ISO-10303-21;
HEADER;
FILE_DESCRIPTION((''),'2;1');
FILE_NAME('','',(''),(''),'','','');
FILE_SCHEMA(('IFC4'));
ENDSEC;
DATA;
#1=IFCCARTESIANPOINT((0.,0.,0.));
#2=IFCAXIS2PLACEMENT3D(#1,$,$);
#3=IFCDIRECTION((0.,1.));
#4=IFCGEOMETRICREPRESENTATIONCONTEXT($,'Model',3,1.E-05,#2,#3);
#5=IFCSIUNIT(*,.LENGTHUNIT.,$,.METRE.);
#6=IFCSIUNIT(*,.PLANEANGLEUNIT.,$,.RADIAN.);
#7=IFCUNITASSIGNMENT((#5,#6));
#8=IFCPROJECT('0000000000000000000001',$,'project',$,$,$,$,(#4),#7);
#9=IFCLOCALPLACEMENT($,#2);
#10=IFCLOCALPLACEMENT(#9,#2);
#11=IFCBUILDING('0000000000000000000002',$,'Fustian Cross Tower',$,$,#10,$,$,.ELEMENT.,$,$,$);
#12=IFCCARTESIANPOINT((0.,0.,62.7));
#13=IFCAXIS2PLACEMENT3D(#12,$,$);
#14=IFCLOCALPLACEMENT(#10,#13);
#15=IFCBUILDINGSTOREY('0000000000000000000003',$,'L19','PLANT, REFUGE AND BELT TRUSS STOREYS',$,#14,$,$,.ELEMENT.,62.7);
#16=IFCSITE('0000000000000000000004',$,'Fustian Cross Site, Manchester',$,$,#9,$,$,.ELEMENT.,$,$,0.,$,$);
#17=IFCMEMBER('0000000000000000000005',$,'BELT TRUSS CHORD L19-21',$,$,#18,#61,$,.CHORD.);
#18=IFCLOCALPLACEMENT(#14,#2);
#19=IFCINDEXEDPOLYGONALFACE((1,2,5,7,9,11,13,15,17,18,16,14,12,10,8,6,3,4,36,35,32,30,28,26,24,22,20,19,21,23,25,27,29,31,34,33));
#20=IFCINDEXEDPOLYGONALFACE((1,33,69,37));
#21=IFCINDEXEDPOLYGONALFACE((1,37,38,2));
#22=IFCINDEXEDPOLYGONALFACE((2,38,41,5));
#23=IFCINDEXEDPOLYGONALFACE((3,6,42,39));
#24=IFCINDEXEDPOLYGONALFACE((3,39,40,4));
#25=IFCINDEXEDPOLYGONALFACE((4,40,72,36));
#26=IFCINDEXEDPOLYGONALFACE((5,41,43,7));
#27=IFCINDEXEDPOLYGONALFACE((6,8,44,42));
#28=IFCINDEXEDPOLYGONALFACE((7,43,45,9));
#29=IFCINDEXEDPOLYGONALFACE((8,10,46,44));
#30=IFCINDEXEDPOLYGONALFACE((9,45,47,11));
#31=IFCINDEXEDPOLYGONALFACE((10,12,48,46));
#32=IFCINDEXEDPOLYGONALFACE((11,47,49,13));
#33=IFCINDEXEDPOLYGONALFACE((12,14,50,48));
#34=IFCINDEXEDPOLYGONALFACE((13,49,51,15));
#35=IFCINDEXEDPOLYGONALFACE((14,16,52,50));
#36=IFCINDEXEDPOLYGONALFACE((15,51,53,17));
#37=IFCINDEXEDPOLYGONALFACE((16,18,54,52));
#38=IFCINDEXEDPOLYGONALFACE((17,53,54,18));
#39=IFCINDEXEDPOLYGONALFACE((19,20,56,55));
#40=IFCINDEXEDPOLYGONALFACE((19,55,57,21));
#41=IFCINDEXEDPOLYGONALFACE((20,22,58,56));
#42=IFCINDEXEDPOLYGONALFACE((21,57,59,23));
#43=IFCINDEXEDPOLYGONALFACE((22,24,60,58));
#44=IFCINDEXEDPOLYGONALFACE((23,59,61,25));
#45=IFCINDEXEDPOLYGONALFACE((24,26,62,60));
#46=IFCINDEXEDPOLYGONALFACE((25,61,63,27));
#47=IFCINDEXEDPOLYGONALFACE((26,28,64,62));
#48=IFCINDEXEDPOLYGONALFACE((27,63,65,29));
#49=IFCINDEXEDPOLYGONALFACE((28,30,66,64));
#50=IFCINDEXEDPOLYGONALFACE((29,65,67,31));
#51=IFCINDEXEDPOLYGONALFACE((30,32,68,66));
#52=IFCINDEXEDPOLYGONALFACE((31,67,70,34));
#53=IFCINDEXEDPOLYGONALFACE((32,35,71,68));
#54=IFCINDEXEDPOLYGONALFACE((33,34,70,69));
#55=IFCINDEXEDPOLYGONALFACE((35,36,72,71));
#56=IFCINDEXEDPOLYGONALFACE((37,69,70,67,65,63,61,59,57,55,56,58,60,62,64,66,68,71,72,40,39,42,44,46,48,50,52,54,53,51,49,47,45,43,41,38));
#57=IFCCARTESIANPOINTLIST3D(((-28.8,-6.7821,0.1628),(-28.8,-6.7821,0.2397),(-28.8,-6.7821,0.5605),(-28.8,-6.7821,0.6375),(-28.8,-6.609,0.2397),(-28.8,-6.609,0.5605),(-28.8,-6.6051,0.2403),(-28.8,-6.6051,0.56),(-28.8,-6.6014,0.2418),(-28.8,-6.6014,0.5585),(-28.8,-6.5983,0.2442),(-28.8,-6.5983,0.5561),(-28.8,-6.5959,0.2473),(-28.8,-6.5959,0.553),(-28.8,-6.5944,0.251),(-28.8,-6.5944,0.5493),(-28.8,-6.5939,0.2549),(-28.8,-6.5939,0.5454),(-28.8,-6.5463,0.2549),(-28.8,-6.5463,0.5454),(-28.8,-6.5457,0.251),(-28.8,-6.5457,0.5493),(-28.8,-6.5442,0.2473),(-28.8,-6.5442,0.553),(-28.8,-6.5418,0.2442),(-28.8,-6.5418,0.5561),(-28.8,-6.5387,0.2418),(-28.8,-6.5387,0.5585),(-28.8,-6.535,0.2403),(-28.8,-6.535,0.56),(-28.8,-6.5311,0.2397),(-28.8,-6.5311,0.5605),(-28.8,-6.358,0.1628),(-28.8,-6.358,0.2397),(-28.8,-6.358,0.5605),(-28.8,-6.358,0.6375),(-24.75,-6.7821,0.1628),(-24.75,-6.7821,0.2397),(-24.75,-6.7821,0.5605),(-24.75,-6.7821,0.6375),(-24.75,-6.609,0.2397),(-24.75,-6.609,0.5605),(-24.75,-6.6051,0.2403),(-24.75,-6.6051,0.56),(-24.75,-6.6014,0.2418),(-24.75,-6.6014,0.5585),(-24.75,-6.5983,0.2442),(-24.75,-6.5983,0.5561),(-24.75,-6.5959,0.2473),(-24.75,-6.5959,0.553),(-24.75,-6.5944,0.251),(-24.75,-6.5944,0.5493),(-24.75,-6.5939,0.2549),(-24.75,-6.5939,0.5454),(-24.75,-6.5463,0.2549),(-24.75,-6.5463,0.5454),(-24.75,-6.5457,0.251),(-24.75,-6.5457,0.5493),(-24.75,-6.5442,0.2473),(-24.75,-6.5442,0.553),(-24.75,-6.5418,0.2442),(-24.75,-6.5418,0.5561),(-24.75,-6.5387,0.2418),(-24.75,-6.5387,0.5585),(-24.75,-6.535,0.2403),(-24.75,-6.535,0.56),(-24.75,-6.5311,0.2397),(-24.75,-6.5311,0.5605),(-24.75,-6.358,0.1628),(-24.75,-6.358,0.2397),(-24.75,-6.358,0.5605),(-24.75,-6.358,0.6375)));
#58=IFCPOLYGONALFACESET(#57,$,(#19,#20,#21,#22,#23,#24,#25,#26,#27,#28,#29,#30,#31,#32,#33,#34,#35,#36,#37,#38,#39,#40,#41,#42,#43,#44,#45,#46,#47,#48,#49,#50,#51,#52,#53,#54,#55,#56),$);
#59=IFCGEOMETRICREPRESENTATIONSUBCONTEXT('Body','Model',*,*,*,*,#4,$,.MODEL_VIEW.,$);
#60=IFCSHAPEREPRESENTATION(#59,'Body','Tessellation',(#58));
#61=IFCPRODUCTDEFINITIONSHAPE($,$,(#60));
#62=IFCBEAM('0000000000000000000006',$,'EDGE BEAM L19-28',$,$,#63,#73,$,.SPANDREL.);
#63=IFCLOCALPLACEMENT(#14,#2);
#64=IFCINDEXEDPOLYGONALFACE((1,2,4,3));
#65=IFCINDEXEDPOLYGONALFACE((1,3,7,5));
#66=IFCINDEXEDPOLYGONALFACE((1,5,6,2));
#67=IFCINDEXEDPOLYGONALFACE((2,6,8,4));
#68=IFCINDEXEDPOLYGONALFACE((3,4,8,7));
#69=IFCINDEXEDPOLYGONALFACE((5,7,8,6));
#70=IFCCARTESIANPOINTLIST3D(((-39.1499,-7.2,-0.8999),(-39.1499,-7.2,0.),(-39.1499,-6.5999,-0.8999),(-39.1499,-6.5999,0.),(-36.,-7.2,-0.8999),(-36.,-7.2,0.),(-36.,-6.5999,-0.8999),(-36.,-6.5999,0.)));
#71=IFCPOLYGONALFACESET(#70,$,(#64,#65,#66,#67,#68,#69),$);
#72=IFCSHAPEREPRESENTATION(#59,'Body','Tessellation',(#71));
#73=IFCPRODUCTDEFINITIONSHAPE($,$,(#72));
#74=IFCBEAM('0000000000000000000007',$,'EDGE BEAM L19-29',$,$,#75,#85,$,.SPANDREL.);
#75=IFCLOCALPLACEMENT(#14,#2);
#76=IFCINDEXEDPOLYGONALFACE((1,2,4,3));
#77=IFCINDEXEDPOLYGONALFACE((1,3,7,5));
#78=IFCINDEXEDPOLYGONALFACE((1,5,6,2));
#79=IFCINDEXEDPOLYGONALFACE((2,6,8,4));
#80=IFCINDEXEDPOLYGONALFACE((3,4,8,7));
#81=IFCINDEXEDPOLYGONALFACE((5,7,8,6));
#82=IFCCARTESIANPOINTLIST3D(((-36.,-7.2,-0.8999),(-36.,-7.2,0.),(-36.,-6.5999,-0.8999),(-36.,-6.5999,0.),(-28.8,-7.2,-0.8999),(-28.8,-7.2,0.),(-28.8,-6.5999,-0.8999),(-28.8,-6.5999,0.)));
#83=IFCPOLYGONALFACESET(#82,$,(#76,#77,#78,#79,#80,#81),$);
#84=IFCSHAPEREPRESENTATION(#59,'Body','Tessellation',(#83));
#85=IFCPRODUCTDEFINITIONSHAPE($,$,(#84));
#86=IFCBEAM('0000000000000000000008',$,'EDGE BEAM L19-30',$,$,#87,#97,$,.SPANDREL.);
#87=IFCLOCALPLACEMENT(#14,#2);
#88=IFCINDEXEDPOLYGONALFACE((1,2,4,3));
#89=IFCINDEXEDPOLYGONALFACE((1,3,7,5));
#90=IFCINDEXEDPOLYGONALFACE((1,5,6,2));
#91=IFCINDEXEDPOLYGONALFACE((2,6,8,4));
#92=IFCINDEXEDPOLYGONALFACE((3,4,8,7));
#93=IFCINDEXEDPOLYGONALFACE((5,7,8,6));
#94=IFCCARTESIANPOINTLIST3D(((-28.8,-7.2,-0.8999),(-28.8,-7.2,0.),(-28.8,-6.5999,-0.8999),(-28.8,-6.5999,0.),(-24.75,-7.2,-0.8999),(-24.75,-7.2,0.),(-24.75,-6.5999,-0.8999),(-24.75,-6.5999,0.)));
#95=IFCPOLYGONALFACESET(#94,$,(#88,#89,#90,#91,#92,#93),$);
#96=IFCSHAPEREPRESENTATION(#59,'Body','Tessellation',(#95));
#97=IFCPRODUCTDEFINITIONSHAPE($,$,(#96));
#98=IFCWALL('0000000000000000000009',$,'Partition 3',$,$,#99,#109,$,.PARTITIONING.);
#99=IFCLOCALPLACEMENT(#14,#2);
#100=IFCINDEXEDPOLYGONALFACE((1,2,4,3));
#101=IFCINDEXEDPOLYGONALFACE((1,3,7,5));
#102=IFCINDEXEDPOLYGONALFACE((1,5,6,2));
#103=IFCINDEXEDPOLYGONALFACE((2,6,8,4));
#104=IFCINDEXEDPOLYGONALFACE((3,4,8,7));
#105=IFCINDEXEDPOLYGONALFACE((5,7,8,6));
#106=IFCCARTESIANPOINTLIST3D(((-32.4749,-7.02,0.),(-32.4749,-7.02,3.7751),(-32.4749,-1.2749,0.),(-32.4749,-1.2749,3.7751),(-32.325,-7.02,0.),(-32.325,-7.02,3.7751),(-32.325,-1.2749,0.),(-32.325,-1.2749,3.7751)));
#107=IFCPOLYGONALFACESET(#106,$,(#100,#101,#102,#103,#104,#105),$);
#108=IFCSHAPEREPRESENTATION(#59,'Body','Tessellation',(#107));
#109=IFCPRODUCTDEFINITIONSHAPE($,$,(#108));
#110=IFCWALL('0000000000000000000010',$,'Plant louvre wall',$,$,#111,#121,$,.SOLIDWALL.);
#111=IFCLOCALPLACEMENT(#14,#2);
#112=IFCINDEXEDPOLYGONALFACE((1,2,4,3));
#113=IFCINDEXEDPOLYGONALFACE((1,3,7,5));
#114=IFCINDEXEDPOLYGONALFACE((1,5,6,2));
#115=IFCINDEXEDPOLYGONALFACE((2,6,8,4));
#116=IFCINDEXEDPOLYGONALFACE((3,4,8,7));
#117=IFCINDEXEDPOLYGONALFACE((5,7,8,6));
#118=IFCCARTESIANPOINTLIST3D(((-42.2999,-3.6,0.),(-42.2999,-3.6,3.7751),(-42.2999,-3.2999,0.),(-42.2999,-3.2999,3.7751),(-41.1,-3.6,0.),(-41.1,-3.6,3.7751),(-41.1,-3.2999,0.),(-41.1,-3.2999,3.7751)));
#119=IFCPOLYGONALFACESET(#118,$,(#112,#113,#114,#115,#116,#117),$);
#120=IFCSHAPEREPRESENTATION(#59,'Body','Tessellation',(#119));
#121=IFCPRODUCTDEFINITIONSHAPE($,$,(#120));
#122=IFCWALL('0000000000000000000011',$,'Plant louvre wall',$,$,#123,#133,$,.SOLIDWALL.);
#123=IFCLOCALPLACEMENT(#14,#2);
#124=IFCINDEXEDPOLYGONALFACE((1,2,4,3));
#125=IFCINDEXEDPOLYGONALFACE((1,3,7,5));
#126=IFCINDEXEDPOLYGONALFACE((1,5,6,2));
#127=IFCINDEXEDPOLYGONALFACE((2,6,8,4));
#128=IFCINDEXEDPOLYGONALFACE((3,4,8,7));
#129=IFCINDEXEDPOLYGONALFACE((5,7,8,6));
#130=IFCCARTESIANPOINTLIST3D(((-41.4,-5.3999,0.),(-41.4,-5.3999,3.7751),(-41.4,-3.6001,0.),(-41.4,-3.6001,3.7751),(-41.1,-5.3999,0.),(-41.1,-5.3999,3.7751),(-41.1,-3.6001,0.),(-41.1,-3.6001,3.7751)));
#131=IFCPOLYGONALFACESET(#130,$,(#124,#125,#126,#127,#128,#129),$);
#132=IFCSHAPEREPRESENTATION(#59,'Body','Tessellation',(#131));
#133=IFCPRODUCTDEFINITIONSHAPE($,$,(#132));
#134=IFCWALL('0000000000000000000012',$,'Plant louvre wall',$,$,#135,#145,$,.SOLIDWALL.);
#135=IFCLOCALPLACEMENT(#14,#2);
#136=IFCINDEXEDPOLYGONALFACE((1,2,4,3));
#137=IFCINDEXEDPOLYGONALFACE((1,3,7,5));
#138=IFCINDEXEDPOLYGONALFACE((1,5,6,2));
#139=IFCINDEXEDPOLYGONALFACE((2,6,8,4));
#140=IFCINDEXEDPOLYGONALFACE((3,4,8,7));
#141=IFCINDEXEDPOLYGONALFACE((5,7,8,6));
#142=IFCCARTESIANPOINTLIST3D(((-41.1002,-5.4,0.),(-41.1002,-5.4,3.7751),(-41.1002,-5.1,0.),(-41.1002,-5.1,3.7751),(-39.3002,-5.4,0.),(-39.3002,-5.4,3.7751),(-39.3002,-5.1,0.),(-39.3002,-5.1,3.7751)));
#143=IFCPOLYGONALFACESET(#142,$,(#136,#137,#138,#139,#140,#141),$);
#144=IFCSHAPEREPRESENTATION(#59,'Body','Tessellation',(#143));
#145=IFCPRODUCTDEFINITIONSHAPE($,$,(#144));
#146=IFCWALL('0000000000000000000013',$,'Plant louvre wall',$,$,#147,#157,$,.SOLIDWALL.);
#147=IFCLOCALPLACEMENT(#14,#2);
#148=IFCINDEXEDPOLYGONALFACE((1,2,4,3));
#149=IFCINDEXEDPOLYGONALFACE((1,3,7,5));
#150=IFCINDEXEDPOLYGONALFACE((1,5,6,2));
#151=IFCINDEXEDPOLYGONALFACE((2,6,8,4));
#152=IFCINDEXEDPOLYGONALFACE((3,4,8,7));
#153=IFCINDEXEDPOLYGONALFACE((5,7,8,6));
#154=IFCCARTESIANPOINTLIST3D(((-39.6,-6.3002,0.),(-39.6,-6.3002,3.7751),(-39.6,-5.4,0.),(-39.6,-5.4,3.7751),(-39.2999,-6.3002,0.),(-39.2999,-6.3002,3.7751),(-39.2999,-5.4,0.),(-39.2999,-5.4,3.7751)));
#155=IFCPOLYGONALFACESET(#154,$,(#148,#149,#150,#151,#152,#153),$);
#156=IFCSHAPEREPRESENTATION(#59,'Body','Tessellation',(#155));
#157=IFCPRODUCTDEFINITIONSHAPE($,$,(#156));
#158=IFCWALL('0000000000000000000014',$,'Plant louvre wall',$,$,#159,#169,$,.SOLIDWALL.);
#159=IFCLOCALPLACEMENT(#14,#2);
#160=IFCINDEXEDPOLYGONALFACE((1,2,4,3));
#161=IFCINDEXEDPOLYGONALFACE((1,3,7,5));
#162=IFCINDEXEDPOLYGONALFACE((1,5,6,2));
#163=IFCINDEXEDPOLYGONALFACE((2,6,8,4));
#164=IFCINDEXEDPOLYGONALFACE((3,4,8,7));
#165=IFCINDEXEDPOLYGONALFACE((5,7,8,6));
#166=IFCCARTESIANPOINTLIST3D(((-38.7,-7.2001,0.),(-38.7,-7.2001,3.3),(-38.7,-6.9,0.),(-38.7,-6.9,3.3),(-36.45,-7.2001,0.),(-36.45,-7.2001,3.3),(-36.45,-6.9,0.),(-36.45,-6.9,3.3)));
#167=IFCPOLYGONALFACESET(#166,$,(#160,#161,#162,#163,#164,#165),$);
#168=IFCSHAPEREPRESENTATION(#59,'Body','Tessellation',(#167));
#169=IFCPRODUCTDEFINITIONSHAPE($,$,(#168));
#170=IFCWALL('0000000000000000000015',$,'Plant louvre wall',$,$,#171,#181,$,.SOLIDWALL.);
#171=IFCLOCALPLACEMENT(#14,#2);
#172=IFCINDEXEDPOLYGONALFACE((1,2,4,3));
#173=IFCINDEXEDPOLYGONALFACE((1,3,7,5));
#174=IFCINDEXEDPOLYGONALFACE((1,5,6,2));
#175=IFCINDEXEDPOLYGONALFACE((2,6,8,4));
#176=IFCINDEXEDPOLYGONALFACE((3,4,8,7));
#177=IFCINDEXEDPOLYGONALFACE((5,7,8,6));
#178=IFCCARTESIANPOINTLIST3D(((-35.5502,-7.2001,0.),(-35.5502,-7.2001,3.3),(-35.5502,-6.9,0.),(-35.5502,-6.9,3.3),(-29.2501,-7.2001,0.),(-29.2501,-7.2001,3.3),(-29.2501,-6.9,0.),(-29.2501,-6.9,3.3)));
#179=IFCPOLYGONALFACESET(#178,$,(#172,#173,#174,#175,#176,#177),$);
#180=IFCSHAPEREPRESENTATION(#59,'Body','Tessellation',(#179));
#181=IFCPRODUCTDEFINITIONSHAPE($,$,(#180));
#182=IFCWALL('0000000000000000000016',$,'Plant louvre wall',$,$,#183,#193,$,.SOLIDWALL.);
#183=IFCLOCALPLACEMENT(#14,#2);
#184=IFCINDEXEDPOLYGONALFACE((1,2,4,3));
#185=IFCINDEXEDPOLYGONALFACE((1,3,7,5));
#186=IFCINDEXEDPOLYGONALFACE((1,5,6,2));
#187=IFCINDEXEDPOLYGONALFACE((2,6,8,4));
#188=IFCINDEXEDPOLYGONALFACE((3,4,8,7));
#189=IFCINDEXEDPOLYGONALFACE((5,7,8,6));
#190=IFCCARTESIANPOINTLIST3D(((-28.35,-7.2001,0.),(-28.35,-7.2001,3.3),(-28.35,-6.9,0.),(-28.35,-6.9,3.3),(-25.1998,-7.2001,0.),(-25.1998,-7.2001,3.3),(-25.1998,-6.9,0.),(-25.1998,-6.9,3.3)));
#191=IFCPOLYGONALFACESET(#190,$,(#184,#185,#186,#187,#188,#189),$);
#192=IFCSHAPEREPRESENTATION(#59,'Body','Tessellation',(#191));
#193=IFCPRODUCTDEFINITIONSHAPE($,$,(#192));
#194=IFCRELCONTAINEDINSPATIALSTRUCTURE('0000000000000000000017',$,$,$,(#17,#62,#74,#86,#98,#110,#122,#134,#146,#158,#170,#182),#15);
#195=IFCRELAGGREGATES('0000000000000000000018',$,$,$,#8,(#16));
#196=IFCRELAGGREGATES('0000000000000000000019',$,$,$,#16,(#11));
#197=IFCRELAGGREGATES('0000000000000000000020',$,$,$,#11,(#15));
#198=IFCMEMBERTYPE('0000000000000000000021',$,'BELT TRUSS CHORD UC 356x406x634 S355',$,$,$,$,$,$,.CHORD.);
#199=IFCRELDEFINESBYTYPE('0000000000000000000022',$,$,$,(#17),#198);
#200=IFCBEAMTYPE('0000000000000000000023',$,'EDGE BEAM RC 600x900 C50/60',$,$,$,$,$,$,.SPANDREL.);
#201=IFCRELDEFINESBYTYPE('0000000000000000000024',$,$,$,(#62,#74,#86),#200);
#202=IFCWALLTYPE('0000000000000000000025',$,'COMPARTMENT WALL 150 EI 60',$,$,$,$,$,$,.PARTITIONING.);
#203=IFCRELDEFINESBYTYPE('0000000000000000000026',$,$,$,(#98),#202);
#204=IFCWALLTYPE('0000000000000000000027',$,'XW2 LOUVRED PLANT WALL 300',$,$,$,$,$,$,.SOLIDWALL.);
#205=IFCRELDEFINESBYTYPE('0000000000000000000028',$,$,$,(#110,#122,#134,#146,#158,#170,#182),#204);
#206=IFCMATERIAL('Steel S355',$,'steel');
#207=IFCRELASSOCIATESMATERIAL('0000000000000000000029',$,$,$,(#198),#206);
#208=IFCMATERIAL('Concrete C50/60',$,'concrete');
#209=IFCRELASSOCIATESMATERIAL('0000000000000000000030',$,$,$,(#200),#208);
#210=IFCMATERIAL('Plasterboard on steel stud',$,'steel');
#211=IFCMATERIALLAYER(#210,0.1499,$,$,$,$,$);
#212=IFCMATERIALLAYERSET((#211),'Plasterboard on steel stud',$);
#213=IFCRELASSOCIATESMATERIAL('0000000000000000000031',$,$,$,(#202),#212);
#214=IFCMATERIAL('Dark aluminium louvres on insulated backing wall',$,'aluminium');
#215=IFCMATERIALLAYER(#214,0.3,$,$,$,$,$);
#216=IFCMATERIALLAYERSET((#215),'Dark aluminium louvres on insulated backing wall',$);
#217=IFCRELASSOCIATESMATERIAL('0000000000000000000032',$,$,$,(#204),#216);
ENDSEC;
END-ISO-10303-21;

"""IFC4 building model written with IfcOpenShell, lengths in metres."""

from ifc_helpers import new_model, si_unit, direction, frame, frame_2d, origin, origin_2d, place, context, subcontext, project, spatial, rectangle, i_section, extrude, material, layer, layer_set, material_profile, profile_set, type_object, element, save


model = new_model("IFC4")

# Units and contexts
model_context = context("Model", 3, precision=1e-05, world=origin(), true_north=direction((0.0, 1.0)))
body_context = subcontext(model_context, "Body", "Model", "MODEL_VIEW")
ifc_project = project(units=[si_unit("LENGTHUNIT", "METRE"), si_unit("PLANEANGLEUNIT", "RADIAN")], contexts=[model_context])

# Site, building, storey
site_placement = place(None, origin())
site = spatial("IfcSite", under=ifc_project, at=site_placement, Name="Fustian Cross Site, Manchester", CompositionType="ELEMENT", RefElevation=0.0)
building_placement = place(site_placement, origin())
building = spatial("IfcBuilding", under=site, at=building_placement, Name="Fustian Cross Tower", CompositionType="ELEMENT")
storey_placement = place(building_placement, frame((0.0, 0.0, 62.7)))
storey = spatial("IfcBuildingStorey", under=building, at=storey_placement, Name="L19", Description="PLANT, REFUGE AND BELT TRUSS STOREYS", CompositionType="ELEMENT", Elevation=62.7)

# Member
ifc_material_1 = material(Name="Steel S355", Category="steel")
ifc_material_profile_1 = material_profile(ifc_material_1, i_section(OverallWidth=0.4241, OverallDepth=0.4746, WebThickness=0.0476, FlangeThickness=0.0769, FilletRadius=0.0151, at=origin_2d()), Name="UC 356x406x634")
ifc_profile_set_1 = profile_set([ifc_material_profile_1], Name="Steel S355")
member_type_1 = type_object("IfcMemberType", Name="BELT TRUSS CHORD UC 356x406x634 S355", PredefinedType="CHORD", material=ifc_profile_set_1)
for number, where, z_axis, x_axis, name in (
    (1, (-28.8, -6.5701, 0.4001), (1.0, 0.0, 0.0), (0.0, 1.0, 0.0), "BELT TRUSS CHORD L19-21"),
):
    element("IfcMember", number, at=place(storey_placement, frame(where, z_axis=z_axis, x_axis=x_axis)), inside=storey, type_object=member_type_1, Name=name, PredefinedType="CHORD", context=body_context, shape_type="SweptSolid", body=[
        extrude(i_section(OverallWidth=0.4241, OverallDepth=0.4746, WebThickness=0.0476, FlangeThickness=0.0769, FilletRadius=0.0151, at=origin_2d()), origin(), (0.0, 0.0, 1.0), 4.05),
    ])

# Beams
ifc_material_2 = material(Name="Concrete C50/60", Category="concrete")
ifc_material_profile_2 = material_profile(ifc_material_2, rectangle(XDim=0.6001, YDim=0.8999, at=origin_2d()), Name="RC 600x900")
ifc_profile_set_2 = profile_set([ifc_material_profile_2], Name="Concrete C50/60")
beam_type = type_object("IfcBeamType", Name="EDGE BEAM RC 600x900 C50/60", PredefinedType="SPANDREL", material=ifc_profile_set_2)
beam_1_placement = place(storey_placement, frame((-39.1499, -6.8999, -0.45), z_axis=(1.0, 0.0, 0.0), x_axis=(0.0, 1.0, 0.0)))
element("IfcBeam", 2, at=beam_1_placement, inside=storey, type_object=beam_type, Name="EDGE BEAM L19-28", PredefinedType="SPANDREL", context=body_context, shape_type="SweptSolid", body=[
    extrude(rectangle(XDim=0.6001, YDim=0.8999, at=origin_2d()), origin(), (0.0, 0.0, 1.0), 3.1499),
])
beam_2_placement = place(storey_placement, frame((-36.0, -6.8999, -0.45), z_axis=(1.0, 0.0, 0.0), x_axis=(0.0, 1.0, 0.0)))
element("IfcBeam", 3, at=beam_2_placement, inside=storey, type_object=beam_type, Name="EDGE BEAM L19-29", PredefinedType="SPANDREL", context=body_context, shape_type="SweptSolid", body=[
    extrude(rectangle(XDim=0.6001, YDim=0.8999, at=origin_2d()), origin(), (0.0, 0.0, 1.0), 7.2),
])
beam_3_placement = place(storey_placement, frame((-28.8, -6.8999, -0.45), z_axis=(1.0, 0.0, 0.0), x_axis=(0.0, 1.0, 0.0)))
element("IfcBeam", 4, at=beam_3_placement, inside=storey, type_object=beam_type, Name="EDGE BEAM L19-30", PredefinedType="SPANDREL", context=body_context, shape_type="SweptSolid", body=[
    extrude(rectangle(XDim=0.6001, YDim=0.8999, at=origin_2d()), origin(), (0.0, 0.0, 1.0), 4.05),
])

# Walls
ifc_material_3 = material(Name="Plasterboard on steel stud", Category="steel")
ifc_layer_1 = layer(ifc_material_3, 0.1499)
ifc_layer_set_1 = layer_set([ifc_layer_1], Name="Plasterboard on steel stud")
wall_type_1 = type_object("IfcWallType", Name="COMPARTMENT WALL 150 EI 60", PredefinedType="PARTITIONING", material=ifc_layer_set_1)
wall_1_placement = place(storey_placement, frame((-32.3999, -7.02, 0.0), z_axis=(0.0, 0.0, 1.0), x_axis=(0.0, 1.0, 0.0)))
element("IfcWall", 5, at=wall_1_placement, inside=storey, type_object=wall_type_1, Name="Partition 3", PredefinedType="PARTITIONING", context=body_context, shape_type="SweptSolid", body=[
    extrude(rectangle(XDim=5.7451, YDim=0.1499, at=frame_2d((2.8726, 0.0))), origin(), (0.0, 0.0, 1.0), 3.7751),
])
ifc_material_4 = material(Name="Dark aluminium louvres on insulated backing wall", Category="aluminium")
ifc_layer_2 = layer(ifc_material_4, 0.3)
ifc_layer_set_2 = layer_set([ifc_layer_2], Name="Dark aluminium louvres on insulated backing wall")
wall_type_2 = type_object("IfcWallType", Name="XW2 LOUVRED PLANT WALL 300", PredefinedType="SOLIDWALL", material=ifc_layer_set_2)
wall_2_placement = place(storey_placement, frame((-42.3, -3.45, 0.0), z_axis=(0.0, 0.0, 1.0), x_axis=(1.0, 0.0, 0.0)))
element("IfcWall", 6, at=wall_2_placement, inside=storey, type_object=wall_type_2, Name="Plant louvre wall", PredefinedType="SOLIDWALL", context=body_context, shape_type="SweptSolid", body=[
    extrude(rectangle(XDim=1.2, YDim=0.3, at=frame_2d((0.6001, 0.0))), origin(), (0.0, 0.0, 1.0), 3.7751),
])
wall_3_placement = place(storey_placement, frame((-41.25, -3.6001, 0.0), z_axis=(0.0, 0.0, 1.0), x_axis=(0.0, -1.0, 0.0)))
element("IfcWall", 7, at=wall_3_placement, inside=storey, type_object=wall_type_2, Name="Plant louvre wall", PredefinedType="SOLIDWALL", context=body_context, shape_type="SweptSolid", body=[
    extrude(rectangle(XDim=1.7998, YDim=0.3, at=frame_2d((0.8999, 0.0))), origin(), (0.0, 0.0, 1.0), 3.7751),
])
wall_4_placement = place(storey_placement, frame((-41.1001, -5.25, 0.0), z_axis=(0.0, 0.0, 1.0), x_axis=(1.0, 0.0, 0.0)))
element("IfcWall", 8, at=wall_4_placement, inside=storey, type_object=wall_type_2, Name="Plant louvre wall", PredefinedType="SOLIDWALL", context=body_context, shape_type="SweptSolid", body=[
    extrude(rectangle(XDim=1.8, YDim=0.3, at=frame_2d((0.8999, 0.0))), origin(), (0.0, 0.0, 1.0), 3.7751),
])
wall_5_placement = place(storey_placement, frame((-39.45, -5.3999, 0.0), z_axis=(0.0, 0.0, 1.0), x_axis=(0.0, -1.0, 0.0)))
element("IfcWall", 9, at=wall_5_placement, inside=storey, type_object=wall_type_2, Name="Plant louvre wall", PredefinedType="SOLIDWALL", context=body_context, shape_type="SweptSolid", body=[
    extrude(rectangle(XDim=0.9001, YDim=0.3, at=frame_2d((0.4502, 0.0))), origin(), (0.0, 0.0, 1.0), 3.7751),
])
wall_6_placement = place(storey_placement, frame((-38.7, -7.05, 0.0), z_axis=(0.0, 0.0, 1.0), x_axis=(1.0, 0.0, 0.0)))
element("IfcWall", 10, at=wall_6_placement, inside=storey, type_object=wall_type_2, Name="Plant louvre wall", PredefinedType="SOLIDWALL", context=body_context, shape_type="SweptSolid", body=[
    extrude(rectangle(XDim=2.25, YDim=0.3, at=frame_2d((1.125, 0.0))), origin(), (0.0, 0.0, 1.0), 3.3),
])
wall_7_placement = place(storey_placement, frame((-35.55, -7.05, 0.0), z_axis=(0.0, 0.0, 1.0), x_axis=(1.0, 0.0, 0.0)))
element("IfcWall", 11, at=wall_7_placement, inside=storey, type_object=wall_type_2, Name="Plant louvre wall", PredefinedType="SOLIDWALL", context=body_context, shape_type="SweptSolid", body=[
    extrude(rectangle(XDim=6.3, YDim=0.3, at=frame_2d((3.1499, 0.0))), origin(), (0.0, 0.0, 1.0), 3.3),
])
wall_8_placement = place(storey_placement, frame((-28.3501, -7.05, 0.0), z_axis=(0.0, 0.0, 1.0), x_axis=(1.0, 0.0, 0.0)))
element("IfcWall", 12, at=wall_8_placement, inside=storey, type_object=wall_type_2, Name="Plant louvre wall", PredefinedType="SOLIDWALL", context=body_context, shape_type="SweptSolid", body=[
    extrude(rectangle(XDim=3.1501, YDim=0.3, at=frame_2d((1.5752, 0.0))), origin(), (0.0, 0.0, 1.0), 3.3),
])

save(model, "model.ifc")
